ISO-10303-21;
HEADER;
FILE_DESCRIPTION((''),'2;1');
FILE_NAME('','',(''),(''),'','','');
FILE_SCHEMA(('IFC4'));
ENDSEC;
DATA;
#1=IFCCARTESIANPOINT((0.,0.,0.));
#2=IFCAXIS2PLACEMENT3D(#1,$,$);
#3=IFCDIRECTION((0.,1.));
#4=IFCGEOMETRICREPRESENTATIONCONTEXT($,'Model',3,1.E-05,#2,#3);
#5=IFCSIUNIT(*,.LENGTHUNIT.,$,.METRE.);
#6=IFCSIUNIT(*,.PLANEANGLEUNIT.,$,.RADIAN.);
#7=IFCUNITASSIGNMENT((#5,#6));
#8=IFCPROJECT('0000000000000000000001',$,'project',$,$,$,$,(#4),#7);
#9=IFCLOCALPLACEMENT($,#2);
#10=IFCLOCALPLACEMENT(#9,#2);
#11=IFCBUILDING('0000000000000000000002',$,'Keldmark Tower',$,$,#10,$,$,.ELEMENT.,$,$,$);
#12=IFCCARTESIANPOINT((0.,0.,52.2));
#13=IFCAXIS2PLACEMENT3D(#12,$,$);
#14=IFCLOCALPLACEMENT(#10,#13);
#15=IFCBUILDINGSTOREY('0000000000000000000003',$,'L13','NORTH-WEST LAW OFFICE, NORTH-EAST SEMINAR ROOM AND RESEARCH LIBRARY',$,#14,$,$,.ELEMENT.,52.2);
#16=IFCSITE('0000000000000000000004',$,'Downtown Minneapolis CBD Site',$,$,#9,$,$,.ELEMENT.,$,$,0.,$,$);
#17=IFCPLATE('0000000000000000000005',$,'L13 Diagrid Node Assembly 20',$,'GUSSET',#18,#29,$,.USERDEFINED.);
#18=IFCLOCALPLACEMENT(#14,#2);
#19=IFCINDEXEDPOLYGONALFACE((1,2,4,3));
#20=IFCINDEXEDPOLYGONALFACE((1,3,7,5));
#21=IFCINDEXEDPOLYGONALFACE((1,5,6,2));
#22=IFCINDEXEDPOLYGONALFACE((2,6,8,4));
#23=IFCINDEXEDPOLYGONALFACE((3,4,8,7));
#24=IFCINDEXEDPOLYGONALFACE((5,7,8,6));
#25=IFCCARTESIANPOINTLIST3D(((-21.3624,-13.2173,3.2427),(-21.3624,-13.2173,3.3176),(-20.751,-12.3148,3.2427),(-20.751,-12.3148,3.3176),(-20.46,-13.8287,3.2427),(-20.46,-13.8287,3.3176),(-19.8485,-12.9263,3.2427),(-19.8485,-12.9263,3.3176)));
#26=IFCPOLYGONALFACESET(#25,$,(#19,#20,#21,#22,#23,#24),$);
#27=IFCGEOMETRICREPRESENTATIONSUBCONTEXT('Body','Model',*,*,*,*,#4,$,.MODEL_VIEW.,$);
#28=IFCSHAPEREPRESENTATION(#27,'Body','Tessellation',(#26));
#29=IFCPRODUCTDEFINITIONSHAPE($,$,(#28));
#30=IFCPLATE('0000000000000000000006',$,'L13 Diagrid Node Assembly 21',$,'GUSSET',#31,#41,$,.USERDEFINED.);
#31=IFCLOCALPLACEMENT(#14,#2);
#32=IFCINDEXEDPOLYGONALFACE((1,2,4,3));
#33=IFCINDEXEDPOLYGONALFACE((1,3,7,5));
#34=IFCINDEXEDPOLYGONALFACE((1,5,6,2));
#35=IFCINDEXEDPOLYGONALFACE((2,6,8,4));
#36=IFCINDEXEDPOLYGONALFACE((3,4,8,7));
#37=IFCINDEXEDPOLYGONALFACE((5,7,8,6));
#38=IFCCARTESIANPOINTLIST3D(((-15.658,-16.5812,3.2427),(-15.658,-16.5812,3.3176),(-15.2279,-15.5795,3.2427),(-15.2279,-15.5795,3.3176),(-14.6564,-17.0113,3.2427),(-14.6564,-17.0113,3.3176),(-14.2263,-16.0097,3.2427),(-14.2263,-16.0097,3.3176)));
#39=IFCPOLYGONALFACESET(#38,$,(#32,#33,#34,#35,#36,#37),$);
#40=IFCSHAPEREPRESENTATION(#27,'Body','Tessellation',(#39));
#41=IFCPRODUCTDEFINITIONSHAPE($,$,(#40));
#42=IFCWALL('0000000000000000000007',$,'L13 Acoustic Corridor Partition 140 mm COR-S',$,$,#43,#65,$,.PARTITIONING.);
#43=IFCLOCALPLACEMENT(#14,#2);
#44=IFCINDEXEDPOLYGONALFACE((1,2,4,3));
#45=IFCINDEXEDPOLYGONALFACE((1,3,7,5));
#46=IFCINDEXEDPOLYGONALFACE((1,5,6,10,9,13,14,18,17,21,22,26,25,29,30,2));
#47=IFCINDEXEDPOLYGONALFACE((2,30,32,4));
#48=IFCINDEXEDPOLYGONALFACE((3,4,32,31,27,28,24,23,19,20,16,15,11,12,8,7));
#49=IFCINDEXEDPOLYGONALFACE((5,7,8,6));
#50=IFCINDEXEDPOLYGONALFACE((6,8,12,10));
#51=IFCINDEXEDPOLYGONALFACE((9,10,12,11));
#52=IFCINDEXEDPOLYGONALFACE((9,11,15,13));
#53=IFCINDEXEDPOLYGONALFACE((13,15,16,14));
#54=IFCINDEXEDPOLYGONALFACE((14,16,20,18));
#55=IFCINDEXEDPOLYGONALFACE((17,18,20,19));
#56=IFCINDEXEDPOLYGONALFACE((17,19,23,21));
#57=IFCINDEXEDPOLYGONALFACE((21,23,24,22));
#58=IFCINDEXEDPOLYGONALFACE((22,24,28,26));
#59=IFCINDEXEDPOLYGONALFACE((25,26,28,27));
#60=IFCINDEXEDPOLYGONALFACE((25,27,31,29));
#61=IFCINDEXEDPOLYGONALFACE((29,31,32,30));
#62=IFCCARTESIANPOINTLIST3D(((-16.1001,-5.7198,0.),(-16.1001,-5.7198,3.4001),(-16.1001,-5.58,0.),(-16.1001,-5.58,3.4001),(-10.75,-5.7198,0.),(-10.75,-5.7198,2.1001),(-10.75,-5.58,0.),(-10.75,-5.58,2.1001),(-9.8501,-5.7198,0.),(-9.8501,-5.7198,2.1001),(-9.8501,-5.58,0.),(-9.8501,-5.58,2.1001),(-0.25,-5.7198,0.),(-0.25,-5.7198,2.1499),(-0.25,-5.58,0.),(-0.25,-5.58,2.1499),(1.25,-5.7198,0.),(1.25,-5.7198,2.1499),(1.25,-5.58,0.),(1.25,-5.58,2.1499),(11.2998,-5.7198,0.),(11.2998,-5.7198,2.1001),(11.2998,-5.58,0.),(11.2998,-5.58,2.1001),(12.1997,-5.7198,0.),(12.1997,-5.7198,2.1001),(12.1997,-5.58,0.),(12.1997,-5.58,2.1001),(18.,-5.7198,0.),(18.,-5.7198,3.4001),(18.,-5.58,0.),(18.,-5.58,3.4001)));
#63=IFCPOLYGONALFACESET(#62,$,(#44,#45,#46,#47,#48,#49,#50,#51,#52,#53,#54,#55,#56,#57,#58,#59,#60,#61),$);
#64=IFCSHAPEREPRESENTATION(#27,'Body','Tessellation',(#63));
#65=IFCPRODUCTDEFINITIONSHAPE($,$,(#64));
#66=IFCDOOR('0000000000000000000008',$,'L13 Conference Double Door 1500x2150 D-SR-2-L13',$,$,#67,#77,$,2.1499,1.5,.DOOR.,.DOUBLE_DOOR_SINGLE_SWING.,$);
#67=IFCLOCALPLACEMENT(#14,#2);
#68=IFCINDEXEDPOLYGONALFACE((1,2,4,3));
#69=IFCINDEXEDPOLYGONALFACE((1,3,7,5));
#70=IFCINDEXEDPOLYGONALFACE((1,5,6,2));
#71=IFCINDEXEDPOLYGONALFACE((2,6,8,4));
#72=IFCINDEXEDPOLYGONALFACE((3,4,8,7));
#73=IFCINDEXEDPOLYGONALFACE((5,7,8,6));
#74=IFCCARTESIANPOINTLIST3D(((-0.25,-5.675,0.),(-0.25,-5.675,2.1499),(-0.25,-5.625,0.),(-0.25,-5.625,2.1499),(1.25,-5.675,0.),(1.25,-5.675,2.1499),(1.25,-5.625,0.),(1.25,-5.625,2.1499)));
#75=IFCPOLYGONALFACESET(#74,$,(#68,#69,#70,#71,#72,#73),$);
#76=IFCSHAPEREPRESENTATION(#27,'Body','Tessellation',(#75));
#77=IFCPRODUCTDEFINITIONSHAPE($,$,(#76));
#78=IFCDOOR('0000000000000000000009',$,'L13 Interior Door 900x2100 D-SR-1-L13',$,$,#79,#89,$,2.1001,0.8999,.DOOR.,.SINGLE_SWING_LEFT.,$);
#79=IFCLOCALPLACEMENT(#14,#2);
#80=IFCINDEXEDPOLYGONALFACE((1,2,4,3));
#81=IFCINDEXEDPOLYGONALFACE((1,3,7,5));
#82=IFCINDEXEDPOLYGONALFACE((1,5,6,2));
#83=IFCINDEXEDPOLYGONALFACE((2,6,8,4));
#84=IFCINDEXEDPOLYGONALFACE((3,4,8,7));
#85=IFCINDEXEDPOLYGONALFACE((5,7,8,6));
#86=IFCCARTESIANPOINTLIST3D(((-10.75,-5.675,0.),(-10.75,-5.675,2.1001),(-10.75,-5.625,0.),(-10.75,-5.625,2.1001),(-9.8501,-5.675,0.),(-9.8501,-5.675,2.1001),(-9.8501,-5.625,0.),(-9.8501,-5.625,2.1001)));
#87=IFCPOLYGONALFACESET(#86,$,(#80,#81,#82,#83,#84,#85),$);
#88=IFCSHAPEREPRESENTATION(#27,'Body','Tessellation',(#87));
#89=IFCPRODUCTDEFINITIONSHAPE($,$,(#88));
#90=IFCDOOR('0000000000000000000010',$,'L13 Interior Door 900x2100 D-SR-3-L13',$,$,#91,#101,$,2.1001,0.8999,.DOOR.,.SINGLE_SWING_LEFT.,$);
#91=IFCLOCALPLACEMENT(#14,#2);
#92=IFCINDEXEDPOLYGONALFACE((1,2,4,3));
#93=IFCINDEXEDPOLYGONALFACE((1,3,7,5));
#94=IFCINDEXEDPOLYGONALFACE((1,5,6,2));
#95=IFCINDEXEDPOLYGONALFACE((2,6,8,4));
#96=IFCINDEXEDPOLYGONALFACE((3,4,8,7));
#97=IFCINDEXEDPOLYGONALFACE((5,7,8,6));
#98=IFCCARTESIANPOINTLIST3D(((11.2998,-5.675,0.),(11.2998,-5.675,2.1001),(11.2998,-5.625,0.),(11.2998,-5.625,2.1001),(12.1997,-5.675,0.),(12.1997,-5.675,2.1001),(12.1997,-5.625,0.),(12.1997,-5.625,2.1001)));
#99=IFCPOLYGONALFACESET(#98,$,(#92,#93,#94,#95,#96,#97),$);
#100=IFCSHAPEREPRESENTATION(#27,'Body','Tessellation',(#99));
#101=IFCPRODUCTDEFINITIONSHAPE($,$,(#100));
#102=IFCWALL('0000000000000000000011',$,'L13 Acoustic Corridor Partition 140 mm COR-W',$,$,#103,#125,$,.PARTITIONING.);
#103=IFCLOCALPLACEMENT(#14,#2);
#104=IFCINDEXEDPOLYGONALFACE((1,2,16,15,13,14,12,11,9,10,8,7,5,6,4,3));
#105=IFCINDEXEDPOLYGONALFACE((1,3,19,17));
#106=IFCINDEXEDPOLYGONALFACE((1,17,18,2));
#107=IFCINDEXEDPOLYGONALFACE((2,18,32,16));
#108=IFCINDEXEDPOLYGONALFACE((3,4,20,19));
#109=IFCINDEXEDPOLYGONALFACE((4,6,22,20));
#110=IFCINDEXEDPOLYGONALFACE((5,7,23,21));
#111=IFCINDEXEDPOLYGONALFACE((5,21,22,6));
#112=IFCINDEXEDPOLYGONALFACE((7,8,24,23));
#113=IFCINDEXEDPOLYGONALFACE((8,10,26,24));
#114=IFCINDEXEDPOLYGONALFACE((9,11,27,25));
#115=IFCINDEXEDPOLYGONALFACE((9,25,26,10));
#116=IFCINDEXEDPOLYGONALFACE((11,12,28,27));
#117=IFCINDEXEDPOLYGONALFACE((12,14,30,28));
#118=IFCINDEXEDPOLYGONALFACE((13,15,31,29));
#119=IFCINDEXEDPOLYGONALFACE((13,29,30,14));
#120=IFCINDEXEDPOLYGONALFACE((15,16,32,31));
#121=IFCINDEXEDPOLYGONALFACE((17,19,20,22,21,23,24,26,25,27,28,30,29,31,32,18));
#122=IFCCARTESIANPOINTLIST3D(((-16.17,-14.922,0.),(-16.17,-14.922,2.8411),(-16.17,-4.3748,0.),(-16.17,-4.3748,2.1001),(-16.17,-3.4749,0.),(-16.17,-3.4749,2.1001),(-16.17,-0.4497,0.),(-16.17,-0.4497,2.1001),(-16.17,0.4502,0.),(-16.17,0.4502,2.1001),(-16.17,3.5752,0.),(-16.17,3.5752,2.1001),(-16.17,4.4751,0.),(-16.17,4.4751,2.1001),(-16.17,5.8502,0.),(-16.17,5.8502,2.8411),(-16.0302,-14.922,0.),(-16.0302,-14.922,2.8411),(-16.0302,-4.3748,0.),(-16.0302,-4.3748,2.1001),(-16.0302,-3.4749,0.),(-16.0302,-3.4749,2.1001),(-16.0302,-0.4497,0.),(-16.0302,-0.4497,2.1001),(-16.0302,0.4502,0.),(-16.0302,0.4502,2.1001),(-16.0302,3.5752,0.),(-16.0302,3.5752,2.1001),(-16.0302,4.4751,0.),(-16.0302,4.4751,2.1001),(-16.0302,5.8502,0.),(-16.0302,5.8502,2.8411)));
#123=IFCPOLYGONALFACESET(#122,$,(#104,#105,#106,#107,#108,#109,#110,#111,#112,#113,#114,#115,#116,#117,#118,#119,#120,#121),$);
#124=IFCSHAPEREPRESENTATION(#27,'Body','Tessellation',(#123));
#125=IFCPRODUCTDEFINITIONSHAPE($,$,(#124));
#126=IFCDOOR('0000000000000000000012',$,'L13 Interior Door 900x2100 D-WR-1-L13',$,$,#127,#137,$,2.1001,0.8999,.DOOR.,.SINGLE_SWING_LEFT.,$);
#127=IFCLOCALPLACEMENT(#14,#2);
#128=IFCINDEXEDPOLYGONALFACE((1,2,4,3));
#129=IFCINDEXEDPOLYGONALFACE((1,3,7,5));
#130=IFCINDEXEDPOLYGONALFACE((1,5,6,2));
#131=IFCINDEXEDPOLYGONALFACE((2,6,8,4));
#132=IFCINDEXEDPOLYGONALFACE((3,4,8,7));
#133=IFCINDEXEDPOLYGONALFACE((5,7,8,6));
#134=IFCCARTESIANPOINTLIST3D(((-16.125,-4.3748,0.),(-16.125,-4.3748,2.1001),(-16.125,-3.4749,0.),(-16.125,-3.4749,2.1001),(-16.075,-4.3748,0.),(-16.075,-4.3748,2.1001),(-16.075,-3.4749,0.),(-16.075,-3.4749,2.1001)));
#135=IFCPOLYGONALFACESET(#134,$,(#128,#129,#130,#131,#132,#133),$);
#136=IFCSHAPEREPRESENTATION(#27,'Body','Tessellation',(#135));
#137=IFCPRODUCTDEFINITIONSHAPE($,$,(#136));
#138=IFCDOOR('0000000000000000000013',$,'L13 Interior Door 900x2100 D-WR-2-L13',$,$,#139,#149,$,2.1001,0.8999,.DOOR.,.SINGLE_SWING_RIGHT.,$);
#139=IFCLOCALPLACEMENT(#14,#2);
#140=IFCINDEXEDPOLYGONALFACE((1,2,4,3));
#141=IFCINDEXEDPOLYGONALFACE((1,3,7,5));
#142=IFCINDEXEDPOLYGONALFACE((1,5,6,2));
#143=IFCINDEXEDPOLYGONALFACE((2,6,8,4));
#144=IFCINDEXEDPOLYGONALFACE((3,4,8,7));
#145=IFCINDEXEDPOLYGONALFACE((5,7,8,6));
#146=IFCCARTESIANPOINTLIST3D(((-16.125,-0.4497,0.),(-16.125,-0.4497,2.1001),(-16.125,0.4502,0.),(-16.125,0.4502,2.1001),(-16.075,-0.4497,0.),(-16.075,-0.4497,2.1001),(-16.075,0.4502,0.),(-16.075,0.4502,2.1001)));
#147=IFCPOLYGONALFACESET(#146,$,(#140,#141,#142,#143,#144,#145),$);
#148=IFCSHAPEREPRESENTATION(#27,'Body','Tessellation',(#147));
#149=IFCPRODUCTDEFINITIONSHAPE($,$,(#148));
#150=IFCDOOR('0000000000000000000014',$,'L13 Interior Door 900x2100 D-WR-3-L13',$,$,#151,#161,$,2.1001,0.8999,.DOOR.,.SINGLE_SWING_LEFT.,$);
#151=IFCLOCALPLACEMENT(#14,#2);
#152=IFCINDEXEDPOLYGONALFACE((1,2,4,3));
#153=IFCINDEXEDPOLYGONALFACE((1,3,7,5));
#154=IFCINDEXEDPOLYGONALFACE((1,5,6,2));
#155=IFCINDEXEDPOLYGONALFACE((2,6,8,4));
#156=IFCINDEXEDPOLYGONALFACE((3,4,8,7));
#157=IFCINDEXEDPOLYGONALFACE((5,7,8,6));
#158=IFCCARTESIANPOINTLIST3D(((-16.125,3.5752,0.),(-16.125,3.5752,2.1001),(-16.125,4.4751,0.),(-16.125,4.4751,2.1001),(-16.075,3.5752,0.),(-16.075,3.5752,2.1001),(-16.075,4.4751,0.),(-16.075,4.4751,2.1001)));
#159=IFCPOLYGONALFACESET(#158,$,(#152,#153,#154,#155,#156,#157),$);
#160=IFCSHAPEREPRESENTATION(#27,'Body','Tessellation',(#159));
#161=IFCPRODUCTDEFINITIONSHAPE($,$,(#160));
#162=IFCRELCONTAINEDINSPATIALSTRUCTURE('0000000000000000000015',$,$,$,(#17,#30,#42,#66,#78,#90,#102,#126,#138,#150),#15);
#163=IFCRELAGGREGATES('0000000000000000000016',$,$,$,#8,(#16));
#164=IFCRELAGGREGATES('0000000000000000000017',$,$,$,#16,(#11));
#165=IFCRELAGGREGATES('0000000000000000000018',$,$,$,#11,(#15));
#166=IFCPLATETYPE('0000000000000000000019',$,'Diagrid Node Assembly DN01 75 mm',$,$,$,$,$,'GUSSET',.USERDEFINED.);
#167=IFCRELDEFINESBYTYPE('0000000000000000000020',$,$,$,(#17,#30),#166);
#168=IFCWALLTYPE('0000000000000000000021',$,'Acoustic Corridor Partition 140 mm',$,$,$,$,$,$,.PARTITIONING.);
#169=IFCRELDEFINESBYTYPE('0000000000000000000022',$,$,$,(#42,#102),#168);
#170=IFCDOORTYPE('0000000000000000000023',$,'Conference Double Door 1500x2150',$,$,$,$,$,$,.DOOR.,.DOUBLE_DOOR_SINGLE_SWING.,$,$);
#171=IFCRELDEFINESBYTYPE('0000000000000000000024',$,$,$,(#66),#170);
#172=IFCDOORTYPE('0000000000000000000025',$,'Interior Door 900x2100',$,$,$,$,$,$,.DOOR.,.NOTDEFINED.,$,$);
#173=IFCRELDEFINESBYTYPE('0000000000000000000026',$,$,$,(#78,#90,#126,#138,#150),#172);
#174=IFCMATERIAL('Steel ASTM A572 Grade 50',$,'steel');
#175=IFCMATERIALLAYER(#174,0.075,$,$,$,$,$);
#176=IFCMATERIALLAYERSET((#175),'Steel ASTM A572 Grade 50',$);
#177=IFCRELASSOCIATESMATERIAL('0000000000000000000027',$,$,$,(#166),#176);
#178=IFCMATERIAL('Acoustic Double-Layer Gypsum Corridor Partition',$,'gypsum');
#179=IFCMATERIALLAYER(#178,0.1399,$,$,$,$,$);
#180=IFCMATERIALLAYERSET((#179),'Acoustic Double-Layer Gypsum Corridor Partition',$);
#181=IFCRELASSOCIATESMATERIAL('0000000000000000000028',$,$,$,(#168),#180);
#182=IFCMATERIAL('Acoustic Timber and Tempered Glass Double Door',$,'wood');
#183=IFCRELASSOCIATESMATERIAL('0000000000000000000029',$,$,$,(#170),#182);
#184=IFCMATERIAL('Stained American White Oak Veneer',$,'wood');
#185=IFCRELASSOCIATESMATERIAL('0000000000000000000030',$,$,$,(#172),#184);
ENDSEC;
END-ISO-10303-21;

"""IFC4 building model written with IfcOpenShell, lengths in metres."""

from ifc_helpers import new_model, si_unit, direction, frame, frame_2d, origin, origin_2d, place, context, subcontext, project, spatial, rectangle, extrude, material, layer, layer_set, type_object, element, fill, save


model = new_model("IFC4")

# Units and contexts
model_context = context("Model", 3, precision=1e-05, world=origin(), true_north=direction((0.0, 1.0)))
body_context = subcontext(model_context, "Body", "Model", "MODEL_VIEW")
ifc_project = project(units=[si_unit("LENGTHUNIT", "METRE"), si_unit("PLANEANGLEUNIT", "RADIAN")], contexts=[model_context])

# Site, building, storey
site_placement = place(None, origin())
site = spatial("IfcSite", under=ifc_project, at=site_placement, Name="Downtown Minneapolis CBD Site", CompositionType="ELEMENT", RefElevation=0.0)
building_placement = place(site_placement, origin())
building = spatial("IfcBuilding", under=site, at=building_placement, Name="Keldmark Tower", CompositionType="ELEMENT")
storey_placement = place(building_placement, frame((0.0, 0.0, 52.2)))
storey = spatial("IfcBuildingStorey", under=building, at=storey_placement, Name="L13", Description="NORTH-WEST LAW OFFICE, NORTH-EAST SEMINAR ROOM AND RESEARCH LIBRARY", CompositionType="ELEMENT", Elevation=52.2)

# Plates
ifc_material_1 = material(Name="Steel ASTM A572 Grade 50", Category="steel")
ifc_layer_1 = layer(ifc_material_1, 0.075)
ifc_layer_set_1 = layer_set([ifc_layer_1], Name="Steel ASTM A572 Grade 50")
plate_type = type_object("IfcPlateType", Name="Diagrid Node Assembly DN01 75 mm", ElementType="GUSSET", PredefinedType="USERDEFINED", material=ifc_layer_set_1)
for number, where, z_axis, x_axis, name in (
    (1, (-20.6055, -13.0718, 3.2427), (0.0, 0.0, 1.0), (0.827865, -0.560928, 0.0), "L13 Diagrid Node Assembly 20"),
    (2, (-14.9421, -16.2954, 3.2427), (0.0, 0.0, 1.0), (0.91886, -0.394583, 0.0), "L13 Diagrid Node Assembly 21"),
):
    element("IfcPlate", number, at=place(storey_placement, frame(where, z_axis=z_axis, x_axis=x_axis)), inside=storey, type_object=plate_type, Name=name, ObjectType="GUSSET", PredefinedType="USERDEFINED", context=body_context, shape_type="SweptSolid", body=[
        extrude(rectangle(XDim=1.0901, YDim=1.0901, at=origin_2d()), origin(), (0.0, 0.0, 1.0), 0.075),
    ])

# Walls, openings, doors
ifc_material_2 = material(Name="Acoustic Double-Layer Gypsum Corridor Partition", Category="gypsum")
ifc_layer_2 = layer(ifc_material_2, 0.1399)
ifc_layer_set_2 = layer_set([ifc_layer_2], Name="Acoustic Double-Layer Gypsum Corridor Partition")
wall_type_1 = type_object("IfcWallType", Name="Acoustic Corridor Partition 140 mm", PredefinedType="PARTITIONING", material=ifc_layer_set_2)
wall_1_placement = place(storey_placement, frame((-16.1001, -5.6499, 0.0), z_axis=(0.0, 0.0, 1.0), x_axis=(1.0, 0.0, 0.0)))
wall_1 = element("IfcWall", 3, at=wall_1_placement, inside=storey, type_object=wall_type_1, Name="L13 Acoustic Corridor Partition 140 mm COR-S", PredefinedType="PARTITIONING", context=body_context, shape_type="SweptSolid", body=[
    extrude(rectangle(XDim=34.1001, YDim=0.1399, at=frame_2d((17.05, 0.0))), origin(), (0.0, 0.0, 1.0), 3.4001),
])
opening_1_placement = place(wall_1_placement, frame((5.3501, 0.0, 0.0)))
opening_1 = element("IfcOpeningElement", 4, at=opening_1_placement, cuts=wall_1, PredefinedType="OPENING", context=body_context, shape_type="SweptSolid", body=[
    extrude(rectangle(XDim=0.8999, YDim=2.1001, at=frame_2d((0.45, 1.05))), frame((0.0, 0.0798, 0.0), z_axis=(0.0, -1.0, 0.0), x_axis=(1.0, 0.0, 0.0)), (0.0, 0.0, 1.0), 0.1599),
])
opening_2_placement = place(wall_1_placement, frame((15.8501, 0.0, 0.0)))
opening_2 = element("IfcOpeningElement", 5, at=opening_2_placement, cuts=wall_1, PredefinedType="OPENING", context=body_context, shape_type="SweptSolid", body=[
    extrude(rectangle(XDim=1.5, YDim=2.1499, at=frame_2d((0.75, 1.075))), frame((0.0, 0.0798, 0.0), z_axis=(0.0, -1.0, 0.0), x_axis=(1.0, 0.0, 0.0)), (0.0, 0.0, 1.0), 0.1599),
])
opening_3_placement = place(wall_1_placement, frame((27.3999, 0.0, 0.0)))
opening_3 = element("IfcOpeningElement", 6, at=opening_3_placement, cuts=wall_1, PredefinedType="OPENING", context=body_context, shape_type="SweptSolid", body=[
    extrude(rectangle(XDim=0.8999, YDim=2.1001, at=frame_2d((0.45, 1.05))), frame((0.0, 0.0798, 0.0), z_axis=(0.0, -1.0, 0.0), x_axis=(1.0, 0.0, 0.0)), (0.0, 0.0, 1.0), 0.1599),
])
ifc_material_3 = material(Name="Acoustic Timber and Tempered Glass Double Door", Category="wood")
door_type_1 = type_object("IfcDoorType", Name="Conference Double Door 1500x2150", OperationType="DOUBLE_DOOR_SINGLE_SWING", PredefinedType="DOOR", material=ifc_material_3)
door_1_placement = place(opening_2_placement, origin())
door_1 = element("IfcDoor", 7, at=door_1_placement, inside=storey, type_object=door_type_1, Name="L13 Conference Double Door 1500x2150 D-SR-2-L13", OperationType="DOUBLE_DOOR_SINGLE_SWING", OverallHeight=2.1499, OverallWidth=1.5, PredefinedType="DOOR", context=body_context, shape_type="SweptSolid", body=[
    extrude(rectangle(XDim=1.5, YDim=2.1499, at=frame_2d((0.75, 1.075))), frame((0.0, 0.0249, 0.0), z_axis=(0.0, -1.0, 0.0), x_axis=(1.0, 0.0, 0.0)), (0.0, 0.0, 1.0), 0.05),
])
fill(opening_2, door_1)
ifc_material_4 = material(Name="Stained American White Oak Veneer", Category="wood")
door_type_2 = type_object("IfcDoorType", Name="Interior Door 900x2100", OperationType="NOTDEFINED", PredefinedType="DOOR", material=ifc_material_4)
door_2_placement = place(opening_1_placement, origin())
door_2 = element("IfcDoor", 8, at=door_2_placement, inside=storey, type_object=door_type_2, Name="L13 Interior Door 900x2100 D-SR-1-L13", OperationType="SINGLE_SWING_LEFT", OverallHeight=2.1001, OverallWidth=0.8999, PredefinedType="DOOR", context=body_context, shape_type="SweptSolid", body=[
    extrude(rectangle(XDim=0.8999, YDim=2.1001, at=frame_2d((0.45, 1.05))), frame((0.0, 0.0249, 0.0), z_axis=(0.0, -1.0, 0.0), x_axis=(1.0, 0.0, 0.0)), (0.0, 0.0, 1.0), 0.05),
])
fill(opening_1, door_2)
door_3_placement = place(opening_3_placement, origin())
door_3 = element("IfcDoor", 9, at=door_3_placement, inside=storey, type_object=door_type_2, Name="L13 Interior Door 900x2100 D-SR-3-L13", OperationType="SINGLE_SWING_LEFT", OverallHeight=2.1001, OverallWidth=0.8999, PredefinedType="DOOR", context=body_context, shape_type="SweptSolid", body=[
    extrude(rectangle(XDim=0.8999, YDim=2.1001, at=frame_2d((0.45, 1.05))), frame((0.0, 0.0249, 0.0), z_axis=(0.0, -1.0, 0.0), x_axis=(1.0, 0.0, 0.0)), (0.0, 0.0, 1.0), 0.05),
])
fill(opening_3, door_3)
wall_2_placement = place(storey_placement, frame((-16.1001, -14.9221, 0.0), z_axis=(0.0, 0.0, 1.0), x_axis=(0.0, 1.0, 0.0)))
wall_2 = element("IfcWall", 10, at=wall_2_placement, inside=storey, type_object=wall_type_1, Name="L13 Acoustic Corridor Partition 140 mm COR-W", PredefinedType="PARTITIONING", context=body_context, shape_type="SweptSolid", body=[
    extrude(rectangle(XDim=20.7722, YDim=0.1399, at=frame_2d((10.3862, 0.0))), origin(), (0.0, 0.0, 1.0), 2.8411),
])
opening_4_placement = place(wall_2_placement, frame((10.5474, 0.0, 0.0)))
opening_4 = element("IfcOpeningElement", 11, at=opening_4_placement, cuts=wall_2, PredefinedType="OPENING", context=body_context, shape_type="SweptSolid", body=[
    extrude(rectangle(XDim=0.8999, YDim=2.1001, at=frame_2d((0.45, 1.05))), frame((0.0, 0.0798, 0.0), z_axis=(0.0, -1.0, 0.0), x_axis=(1.0, 0.0, 0.0)), (0.0, 0.0, 1.0), 0.1599),
])
opening_5_placement = place(wall_2_placement, frame((14.4724, 0.0, 0.0)))
opening_5 = element("IfcOpeningElement", 12, at=opening_5_placement, cuts=wall_2, PredefinedType="OPENING", context=body_context, shape_type="SweptSolid", body=[
    extrude(rectangle(XDim=0.8999, YDim=2.1001, at=frame_2d((0.45, 1.05))), frame((0.0, 0.0798, 0.0), z_axis=(0.0, -1.0, 0.0), x_axis=(1.0, 0.0, 0.0)), (0.0, 0.0, 1.0), 0.1599),
])
opening_6_placement = place(wall_2_placement, frame((18.4973, 0.0, 0.0)))
opening_6 = element("IfcOpeningElement", 13, at=opening_6_placement, cuts=wall_2, PredefinedType="OPENING", context=body_context, shape_type="SweptSolid", body=[
    extrude(rectangle(XDim=0.8999, YDim=2.1001, at=frame_2d((0.45, 1.05))), frame((0.0, 0.0798, 0.0), z_axis=(0.0, -1.0, 0.0), x_axis=(1.0, 0.0, 0.0)), (0.0, 0.0, 1.0), 0.1599),
])
door_4_placement = place(opening_4_placement, origin())
door_4 = element("IfcDoor", 14, at=door_4_placement, inside=storey, type_object=door_type_2, Name="L13 Interior Door 900x2100 D-WR-1-L13", OperationType="SINGLE_SWING_LEFT", OverallHeight=2.1001, OverallWidth=0.8999, PredefinedType="DOOR", context=body_context, shape_type="SweptSolid", body=[
    extrude(rectangle(XDim=0.8999, YDim=2.1001, at=frame_2d((0.45, 1.05))), frame((0.0, 0.0249, 0.0), z_axis=(0.0, -1.0, 0.0), x_axis=(1.0, 0.0, 0.0)), (0.0, 0.0, 1.0), 0.05),
])
fill(opening_4, door_4)
door_5_placement = place(opening_5_placement, origin())
door_5 = element("IfcDoor", 15, at=door_5_placement, inside=storey, type_object=door_type_2, Name="L13 Interior Door 900x2100 D-WR-2-L13", OperationType="SINGLE_SWING_RIGHT", OverallHeight=2.1001, OverallWidth=0.8999, PredefinedType="DOOR", context=body_context, shape_type="SweptSolid", body=[
    extrude(rectangle(XDim=0.8999, YDim=2.1001, at=frame_2d((0.45, 1.05))), frame((0.0, 0.0249, 0.0), z_axis=(0.0, -1.0, 0.0), x_axis=(1.0, 0.0, 0.0)), (0.0, 0.0, 1.0), 0.05),
])
fill(opening_5, door_5)
door_6_placement = place(opening_6_placement, origin())
door_6 = element("IfcDoor", 16, at=door_6_placement, inside=storey, type_object=door_type_2, Name="L13 Interior Door 900x2100 D-WR-3-L13", OperationType="SINGLE_SWING_LEFT", OverallHeight=2.1001, OverallWidth=0.8999, PredefinedType="DOOR", context=body_context, shape_type="SweptSolid", body=[
    extrude(rectangle(XDim=0.8999, YDim=2.1001, at=frame_2d((0.45, 1.05))), frame((0.0, 0.0249, 0.0), z_axis=(0.0, -1.0, 0.0), x_axis=(1.0, 0.0, 0.0)), (0.0, 0.0, 1.0), 0.05),
])
fill(opening_6, door_6)

save(model, "model.ifc")
